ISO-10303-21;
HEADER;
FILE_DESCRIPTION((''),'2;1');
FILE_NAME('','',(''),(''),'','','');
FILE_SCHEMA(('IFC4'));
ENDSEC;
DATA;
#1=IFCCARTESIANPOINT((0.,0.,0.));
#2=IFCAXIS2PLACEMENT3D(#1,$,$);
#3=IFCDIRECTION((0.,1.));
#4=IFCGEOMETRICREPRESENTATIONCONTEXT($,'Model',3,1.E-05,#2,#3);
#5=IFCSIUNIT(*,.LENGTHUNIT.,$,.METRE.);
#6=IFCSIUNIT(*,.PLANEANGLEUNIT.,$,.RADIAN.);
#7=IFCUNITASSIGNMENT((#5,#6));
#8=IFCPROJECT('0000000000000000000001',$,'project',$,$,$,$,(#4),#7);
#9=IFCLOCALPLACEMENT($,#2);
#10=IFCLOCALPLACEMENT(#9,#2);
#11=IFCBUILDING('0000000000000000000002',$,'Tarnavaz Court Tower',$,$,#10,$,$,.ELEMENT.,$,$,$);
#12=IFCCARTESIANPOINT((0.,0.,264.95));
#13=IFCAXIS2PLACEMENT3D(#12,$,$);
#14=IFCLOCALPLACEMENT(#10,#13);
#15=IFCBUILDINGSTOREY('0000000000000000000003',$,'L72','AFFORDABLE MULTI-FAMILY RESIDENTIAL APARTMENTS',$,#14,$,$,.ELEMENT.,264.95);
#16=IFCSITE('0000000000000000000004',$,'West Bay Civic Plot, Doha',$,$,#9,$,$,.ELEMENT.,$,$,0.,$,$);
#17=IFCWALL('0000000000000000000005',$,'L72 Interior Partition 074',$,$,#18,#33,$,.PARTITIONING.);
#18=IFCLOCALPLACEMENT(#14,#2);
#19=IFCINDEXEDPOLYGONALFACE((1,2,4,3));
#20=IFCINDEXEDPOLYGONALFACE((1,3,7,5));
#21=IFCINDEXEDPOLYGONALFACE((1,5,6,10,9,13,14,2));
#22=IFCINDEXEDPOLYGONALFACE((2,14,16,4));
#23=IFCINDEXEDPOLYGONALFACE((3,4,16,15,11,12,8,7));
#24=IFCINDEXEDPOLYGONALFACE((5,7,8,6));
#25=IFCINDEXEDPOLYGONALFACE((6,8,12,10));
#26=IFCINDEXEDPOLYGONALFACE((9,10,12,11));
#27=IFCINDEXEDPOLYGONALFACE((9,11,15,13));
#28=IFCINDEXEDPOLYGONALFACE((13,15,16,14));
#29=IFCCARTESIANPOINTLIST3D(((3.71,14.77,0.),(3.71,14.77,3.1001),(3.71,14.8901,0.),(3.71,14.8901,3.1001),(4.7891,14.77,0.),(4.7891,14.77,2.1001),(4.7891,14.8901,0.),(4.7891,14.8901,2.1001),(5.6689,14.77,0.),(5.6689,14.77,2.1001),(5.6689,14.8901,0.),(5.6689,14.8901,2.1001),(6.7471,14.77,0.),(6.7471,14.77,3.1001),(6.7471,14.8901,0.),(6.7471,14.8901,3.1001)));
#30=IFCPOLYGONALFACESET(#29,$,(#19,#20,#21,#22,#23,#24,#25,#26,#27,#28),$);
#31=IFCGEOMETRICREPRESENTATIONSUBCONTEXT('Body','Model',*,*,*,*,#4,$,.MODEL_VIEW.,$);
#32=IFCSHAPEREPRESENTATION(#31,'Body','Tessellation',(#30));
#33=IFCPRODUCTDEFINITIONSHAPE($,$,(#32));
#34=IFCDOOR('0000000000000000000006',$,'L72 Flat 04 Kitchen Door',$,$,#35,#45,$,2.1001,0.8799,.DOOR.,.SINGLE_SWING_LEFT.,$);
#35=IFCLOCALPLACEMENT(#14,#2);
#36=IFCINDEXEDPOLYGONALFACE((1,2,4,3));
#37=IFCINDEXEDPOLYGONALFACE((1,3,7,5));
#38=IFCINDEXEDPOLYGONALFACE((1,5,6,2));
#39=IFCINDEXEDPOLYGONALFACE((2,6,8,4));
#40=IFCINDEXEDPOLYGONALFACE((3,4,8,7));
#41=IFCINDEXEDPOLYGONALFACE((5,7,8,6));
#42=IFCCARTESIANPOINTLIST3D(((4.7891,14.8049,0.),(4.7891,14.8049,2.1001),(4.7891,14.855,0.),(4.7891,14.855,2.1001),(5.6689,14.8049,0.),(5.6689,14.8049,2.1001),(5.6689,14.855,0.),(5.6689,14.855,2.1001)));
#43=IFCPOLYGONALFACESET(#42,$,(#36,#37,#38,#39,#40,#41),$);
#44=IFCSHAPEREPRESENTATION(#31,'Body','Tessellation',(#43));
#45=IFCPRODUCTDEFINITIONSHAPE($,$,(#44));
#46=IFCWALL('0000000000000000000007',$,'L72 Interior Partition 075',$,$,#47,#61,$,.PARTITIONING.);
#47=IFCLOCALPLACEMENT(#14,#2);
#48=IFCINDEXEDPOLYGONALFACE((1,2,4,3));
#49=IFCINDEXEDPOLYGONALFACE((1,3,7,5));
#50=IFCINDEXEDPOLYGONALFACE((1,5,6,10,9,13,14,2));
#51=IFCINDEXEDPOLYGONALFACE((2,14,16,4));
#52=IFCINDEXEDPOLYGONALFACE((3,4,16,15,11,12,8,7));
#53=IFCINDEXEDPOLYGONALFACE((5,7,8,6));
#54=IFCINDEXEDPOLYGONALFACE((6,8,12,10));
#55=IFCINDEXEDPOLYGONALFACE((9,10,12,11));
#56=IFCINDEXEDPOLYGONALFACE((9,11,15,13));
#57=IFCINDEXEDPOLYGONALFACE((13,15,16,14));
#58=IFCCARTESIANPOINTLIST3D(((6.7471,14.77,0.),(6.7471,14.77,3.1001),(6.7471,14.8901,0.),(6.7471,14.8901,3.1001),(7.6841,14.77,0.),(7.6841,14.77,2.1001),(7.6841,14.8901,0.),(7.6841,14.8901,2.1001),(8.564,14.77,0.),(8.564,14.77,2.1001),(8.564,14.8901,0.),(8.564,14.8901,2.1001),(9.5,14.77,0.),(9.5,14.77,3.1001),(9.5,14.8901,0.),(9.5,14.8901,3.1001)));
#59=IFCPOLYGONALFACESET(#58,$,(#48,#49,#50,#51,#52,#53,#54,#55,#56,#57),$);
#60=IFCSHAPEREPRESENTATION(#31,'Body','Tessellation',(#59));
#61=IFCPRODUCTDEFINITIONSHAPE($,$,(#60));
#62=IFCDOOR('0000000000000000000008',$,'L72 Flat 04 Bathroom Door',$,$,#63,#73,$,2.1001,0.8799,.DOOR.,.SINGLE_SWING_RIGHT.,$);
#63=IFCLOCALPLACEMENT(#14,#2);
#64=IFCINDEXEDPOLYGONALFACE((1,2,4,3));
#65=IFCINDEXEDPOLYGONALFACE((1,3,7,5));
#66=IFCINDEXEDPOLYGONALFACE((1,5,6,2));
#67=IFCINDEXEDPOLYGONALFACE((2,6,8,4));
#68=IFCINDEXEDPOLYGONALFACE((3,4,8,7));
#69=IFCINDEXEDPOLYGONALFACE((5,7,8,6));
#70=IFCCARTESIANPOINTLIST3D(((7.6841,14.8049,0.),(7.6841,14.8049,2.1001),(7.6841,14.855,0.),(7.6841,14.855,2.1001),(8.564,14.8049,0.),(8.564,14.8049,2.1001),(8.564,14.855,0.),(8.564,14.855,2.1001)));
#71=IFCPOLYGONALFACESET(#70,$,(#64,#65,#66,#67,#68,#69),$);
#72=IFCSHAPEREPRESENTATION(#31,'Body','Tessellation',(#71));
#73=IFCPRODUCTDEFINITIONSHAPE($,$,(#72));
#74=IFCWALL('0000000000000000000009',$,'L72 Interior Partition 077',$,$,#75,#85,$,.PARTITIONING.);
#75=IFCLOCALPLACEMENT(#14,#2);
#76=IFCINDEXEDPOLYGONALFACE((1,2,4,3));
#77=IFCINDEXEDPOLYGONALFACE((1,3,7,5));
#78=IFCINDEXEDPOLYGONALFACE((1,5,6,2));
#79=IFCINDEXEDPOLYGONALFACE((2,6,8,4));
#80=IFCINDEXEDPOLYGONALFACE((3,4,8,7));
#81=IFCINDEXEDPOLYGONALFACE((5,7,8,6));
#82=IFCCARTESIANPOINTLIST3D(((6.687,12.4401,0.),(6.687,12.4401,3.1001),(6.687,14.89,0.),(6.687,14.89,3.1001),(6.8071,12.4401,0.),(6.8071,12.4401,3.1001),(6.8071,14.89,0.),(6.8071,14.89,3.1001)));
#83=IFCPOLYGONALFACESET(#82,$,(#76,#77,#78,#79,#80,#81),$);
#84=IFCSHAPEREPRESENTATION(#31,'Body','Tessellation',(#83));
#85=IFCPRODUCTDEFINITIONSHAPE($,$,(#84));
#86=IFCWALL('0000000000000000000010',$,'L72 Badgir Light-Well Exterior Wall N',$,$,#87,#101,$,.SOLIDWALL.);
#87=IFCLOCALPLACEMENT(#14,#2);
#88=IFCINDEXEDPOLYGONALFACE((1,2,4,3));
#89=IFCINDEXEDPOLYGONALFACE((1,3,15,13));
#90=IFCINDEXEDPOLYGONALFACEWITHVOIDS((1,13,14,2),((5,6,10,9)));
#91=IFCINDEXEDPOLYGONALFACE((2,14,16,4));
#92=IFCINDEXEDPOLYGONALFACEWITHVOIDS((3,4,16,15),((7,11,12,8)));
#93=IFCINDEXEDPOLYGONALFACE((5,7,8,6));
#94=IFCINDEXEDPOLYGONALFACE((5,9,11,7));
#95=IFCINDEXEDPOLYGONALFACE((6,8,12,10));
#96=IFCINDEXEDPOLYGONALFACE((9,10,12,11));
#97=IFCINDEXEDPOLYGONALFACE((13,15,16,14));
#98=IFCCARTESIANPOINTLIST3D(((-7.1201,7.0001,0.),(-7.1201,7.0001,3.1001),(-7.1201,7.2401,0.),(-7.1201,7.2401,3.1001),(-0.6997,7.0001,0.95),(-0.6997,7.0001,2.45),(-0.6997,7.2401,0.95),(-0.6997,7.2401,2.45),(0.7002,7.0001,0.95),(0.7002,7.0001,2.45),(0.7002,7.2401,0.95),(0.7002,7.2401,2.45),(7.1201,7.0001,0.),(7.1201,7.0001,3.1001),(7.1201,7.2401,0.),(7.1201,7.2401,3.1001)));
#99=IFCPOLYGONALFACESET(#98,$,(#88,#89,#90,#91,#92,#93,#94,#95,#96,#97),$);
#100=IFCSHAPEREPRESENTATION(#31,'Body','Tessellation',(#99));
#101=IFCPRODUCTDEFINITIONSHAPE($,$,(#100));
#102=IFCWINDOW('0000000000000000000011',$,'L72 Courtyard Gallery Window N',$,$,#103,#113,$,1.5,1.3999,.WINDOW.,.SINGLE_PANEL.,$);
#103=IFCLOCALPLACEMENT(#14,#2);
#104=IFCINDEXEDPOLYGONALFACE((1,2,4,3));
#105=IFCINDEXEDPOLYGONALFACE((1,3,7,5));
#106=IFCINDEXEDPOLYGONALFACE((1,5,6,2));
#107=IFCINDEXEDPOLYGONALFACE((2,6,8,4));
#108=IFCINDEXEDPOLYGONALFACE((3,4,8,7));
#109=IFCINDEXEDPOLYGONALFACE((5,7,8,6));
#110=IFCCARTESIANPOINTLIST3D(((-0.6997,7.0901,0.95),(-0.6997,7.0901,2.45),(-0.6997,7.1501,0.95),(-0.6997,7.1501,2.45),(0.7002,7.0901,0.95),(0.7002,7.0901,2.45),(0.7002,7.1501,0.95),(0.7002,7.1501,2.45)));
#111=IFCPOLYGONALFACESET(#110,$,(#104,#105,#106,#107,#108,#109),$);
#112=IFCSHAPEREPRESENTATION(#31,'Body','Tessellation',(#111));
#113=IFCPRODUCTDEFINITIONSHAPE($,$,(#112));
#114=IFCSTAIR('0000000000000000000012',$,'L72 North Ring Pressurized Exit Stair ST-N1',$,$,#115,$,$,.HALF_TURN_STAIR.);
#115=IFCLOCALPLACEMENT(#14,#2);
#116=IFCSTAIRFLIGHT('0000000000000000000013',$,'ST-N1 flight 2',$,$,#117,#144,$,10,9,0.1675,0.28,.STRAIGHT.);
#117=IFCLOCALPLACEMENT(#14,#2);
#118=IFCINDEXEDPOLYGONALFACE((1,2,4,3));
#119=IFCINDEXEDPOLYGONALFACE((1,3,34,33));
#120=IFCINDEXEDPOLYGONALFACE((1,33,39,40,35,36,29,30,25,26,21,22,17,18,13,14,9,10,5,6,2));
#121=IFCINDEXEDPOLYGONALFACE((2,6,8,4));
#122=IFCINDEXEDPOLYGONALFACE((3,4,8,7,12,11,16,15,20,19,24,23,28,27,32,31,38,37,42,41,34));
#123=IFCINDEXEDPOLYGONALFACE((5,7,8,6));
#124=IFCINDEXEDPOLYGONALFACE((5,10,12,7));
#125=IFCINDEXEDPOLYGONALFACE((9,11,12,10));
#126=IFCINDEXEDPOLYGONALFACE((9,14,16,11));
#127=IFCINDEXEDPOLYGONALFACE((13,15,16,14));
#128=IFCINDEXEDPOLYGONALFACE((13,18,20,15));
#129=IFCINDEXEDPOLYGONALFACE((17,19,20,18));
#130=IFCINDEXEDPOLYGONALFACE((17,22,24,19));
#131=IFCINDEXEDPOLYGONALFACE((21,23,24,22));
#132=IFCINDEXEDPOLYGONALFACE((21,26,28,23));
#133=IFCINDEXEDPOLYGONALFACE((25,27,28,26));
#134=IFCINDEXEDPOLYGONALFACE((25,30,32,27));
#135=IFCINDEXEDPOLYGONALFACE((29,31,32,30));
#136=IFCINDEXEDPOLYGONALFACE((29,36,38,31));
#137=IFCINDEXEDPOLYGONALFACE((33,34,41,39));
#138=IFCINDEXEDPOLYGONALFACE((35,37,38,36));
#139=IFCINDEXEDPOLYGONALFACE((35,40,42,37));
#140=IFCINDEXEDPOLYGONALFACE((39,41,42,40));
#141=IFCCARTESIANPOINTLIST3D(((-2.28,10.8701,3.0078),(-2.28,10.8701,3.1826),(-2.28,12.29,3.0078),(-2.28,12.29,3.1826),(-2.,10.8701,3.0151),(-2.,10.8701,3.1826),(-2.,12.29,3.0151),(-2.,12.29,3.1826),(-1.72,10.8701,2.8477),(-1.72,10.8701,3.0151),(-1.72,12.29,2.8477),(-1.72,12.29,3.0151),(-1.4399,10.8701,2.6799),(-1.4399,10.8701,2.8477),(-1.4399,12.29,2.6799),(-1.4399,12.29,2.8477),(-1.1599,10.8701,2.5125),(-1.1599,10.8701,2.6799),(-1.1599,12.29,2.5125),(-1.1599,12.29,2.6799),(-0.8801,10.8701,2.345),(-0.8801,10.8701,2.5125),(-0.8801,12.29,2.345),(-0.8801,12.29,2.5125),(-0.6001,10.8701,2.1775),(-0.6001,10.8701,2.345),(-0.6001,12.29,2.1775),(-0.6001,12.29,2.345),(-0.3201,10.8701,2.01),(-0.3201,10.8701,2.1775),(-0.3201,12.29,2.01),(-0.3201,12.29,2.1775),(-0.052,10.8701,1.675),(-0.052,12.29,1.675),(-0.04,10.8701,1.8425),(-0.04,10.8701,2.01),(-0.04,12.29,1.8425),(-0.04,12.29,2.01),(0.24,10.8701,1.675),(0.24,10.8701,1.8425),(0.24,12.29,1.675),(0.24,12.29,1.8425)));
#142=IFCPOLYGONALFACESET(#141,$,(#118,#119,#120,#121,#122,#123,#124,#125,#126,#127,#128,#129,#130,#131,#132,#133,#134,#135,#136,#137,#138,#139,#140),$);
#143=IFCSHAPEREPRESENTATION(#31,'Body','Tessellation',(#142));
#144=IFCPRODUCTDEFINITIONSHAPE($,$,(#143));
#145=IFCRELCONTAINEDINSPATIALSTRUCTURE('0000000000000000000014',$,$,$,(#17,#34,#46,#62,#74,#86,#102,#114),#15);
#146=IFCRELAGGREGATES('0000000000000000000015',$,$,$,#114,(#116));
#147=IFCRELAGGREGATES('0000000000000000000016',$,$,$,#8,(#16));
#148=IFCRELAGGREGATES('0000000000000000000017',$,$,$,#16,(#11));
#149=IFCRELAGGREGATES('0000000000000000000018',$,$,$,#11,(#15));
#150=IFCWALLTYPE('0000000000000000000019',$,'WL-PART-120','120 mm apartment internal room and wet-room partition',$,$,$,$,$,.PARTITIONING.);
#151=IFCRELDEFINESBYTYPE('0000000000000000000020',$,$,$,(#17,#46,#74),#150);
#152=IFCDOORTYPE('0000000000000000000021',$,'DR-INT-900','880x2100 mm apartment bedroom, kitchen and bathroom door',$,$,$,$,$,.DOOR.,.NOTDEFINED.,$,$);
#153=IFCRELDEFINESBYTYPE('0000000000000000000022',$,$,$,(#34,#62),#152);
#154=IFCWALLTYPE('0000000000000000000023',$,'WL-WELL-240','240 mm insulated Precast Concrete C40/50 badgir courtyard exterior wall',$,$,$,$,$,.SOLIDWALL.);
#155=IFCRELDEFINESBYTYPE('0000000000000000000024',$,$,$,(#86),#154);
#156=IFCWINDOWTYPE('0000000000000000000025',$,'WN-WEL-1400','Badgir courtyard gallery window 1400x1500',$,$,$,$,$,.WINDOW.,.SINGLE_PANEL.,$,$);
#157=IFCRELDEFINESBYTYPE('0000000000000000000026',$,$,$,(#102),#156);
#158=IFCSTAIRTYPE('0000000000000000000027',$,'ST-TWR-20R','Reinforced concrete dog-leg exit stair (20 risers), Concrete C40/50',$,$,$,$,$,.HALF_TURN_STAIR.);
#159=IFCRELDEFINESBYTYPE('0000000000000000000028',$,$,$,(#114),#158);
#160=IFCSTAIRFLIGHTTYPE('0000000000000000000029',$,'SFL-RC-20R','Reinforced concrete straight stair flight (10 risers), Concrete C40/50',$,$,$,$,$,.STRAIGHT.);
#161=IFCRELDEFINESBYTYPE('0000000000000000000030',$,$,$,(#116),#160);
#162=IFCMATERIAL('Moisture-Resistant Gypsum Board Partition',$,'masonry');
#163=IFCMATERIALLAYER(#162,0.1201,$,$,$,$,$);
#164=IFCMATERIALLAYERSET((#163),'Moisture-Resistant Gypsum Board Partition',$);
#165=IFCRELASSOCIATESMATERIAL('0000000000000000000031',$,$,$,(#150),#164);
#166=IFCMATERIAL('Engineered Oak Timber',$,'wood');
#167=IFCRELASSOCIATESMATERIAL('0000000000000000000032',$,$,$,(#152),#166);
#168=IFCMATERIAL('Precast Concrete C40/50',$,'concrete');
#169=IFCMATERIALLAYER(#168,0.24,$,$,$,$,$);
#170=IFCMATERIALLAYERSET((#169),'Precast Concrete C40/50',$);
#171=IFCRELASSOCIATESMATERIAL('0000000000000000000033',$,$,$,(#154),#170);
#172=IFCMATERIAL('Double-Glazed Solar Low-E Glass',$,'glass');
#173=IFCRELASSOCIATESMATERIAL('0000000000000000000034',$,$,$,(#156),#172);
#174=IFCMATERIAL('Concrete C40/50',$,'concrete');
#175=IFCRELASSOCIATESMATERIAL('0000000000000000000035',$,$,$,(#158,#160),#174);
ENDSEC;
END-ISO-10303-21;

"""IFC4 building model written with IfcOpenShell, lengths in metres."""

from ifc_helpers import new_model, si_unit, direction, frame, frame_2d, origin, place, context, subcontext, project, spatial, polyline, rectangle, outline, extrude, material, layer, layer_set, type_object, element, fill, aggregate, save


model = new_model("IFC4")

# Units and contexts
model_context = context("Model", 3, precision=1e-05, world=origin(), true_north=direction((0.0, 1.0)))
body_context = subcontext(model_context, "Body", "Model", "MODEL_VIEW")
ifc_project = project(units=[si_unit("LENGTHUNIT", "METRE"), si_unit("PLANEANGLEUNIT", "RADIAN")], contexts=[model_context])

# Site, building, storey
site_placement = place(None, origin())
site = spatial("IfcSite", under=ifc_project, at=site_placement, Name="West Bay Civic Plot, Doha", CompositionType="ELEMENT", RefElevation=0.0)
building_placement = place(site_placement, origin())
building = spatial("IfcBuilding", under=site, at=building_placement, Name="Tarnavaz Court Tower", CompositionType="ELEMENT")
storey_placement = place(building_placement, frame((0.0, 0.0, 264.95)))
storey = spatial("IfcBuildingStorey", under=building, at=storey_placement, Name="L72", Description="AFFORDABLE MULTI-FAMILY RESIDENTIAL APARTMENTS", CompositionType="ELEMENT", Elevation=264.95)

# Walls, openings, doors
ifc_material_1 = material(Name="Moisture-Resistant Gypsum Board Partition", Category="masonry")
ifc_layer_1 = layer(ifc_material_1, 0.1201)
ifc_layer_set_1 = layer_set([ifc_layer_1], Name="Moisture-Resistant Gypsum Board Partition")
wall_type_1 = type_object("IfcWallType", Name="WL-PART-120", Description="120 mm apartment internal room and wet-room partition", PredefinedType="PARTITIONING", material=ifc_layer_set_1)
ifc_material_2 = material(Name="Engineered Oak Timber", Category="wood")
wall_1_placement = place(storey_placement, frame((3.71, 14.8301, 0.0), z_axis=(0.0, 0.0, 1.0), x_axis=(1.0, 0.0, 0.0)))
wall_1 = element("IfcWall", 1, at=wall_1_placement, inside=storey, type_object=wall_type_1, Name="L72 Interior Partition 074", PredefinedType="PARTITIONING", context=body_context, shape_type="SweptSolid", body=[
    extrude(rectangle(XDim=3.0371, YDim=0.1201, at=frame_2d((1.5186, 0.0))), origin(), (0.0, 0.0, 1.0), 3.1001),
])
opening_1_placement = place(wall_1_placement, frame((1.0791, 0.0, 0.0)))
opening_1 = element("IfcOpeningElement", 2, at=opening_1_placement, cuts=wall_1, PredefinedType="OPENING", context=body_context, shape_type="SweptSolid", body=[
    extrude(rectangle(XDim=0.8799, YDim=2.1001, at=frame_2d((0.4399, 1.05))), frame((0.0, 0.0701, 0.0), z_axis=(0.0, -1.0, 0.0), x_axis=(1.0, 0.0, 0.0)), (0.0, 0.0, 1.0), 0.1401),
])
door_type_1 = type_object("IfcDoorType", Name="DR-INT-900", Description="880x2100 mm apartment bedroom, kitchen and bathroom door", OperationType="NOTDEFINED", PredefinedType="DOOR", material=ifc_material_2)
door_1_placement = place(opening_1_placement, origin())
door_1 = element("IfcDoor", 3, at=door_1_placement, inside=storey, type_object=door_type_1, Name="L72 Flat 04 Kitchen Door", OperationType="SINGLE_SWING_LEFT", OverallHeight=2.1001, OverallWidth=0.8799, PredefinedType="DOOR", context=body_context, shape_type="SweptSolid", body=[
    extrude(rectangle(XDim=0.8799, YDim=2.1001, at=frame_2d((0.4399, 1.05))), frame((0.0, 0.0249, 0.0), z_axis=(0.0, -1.0, 0.0), x_axis=(1.0, 0.0, 0.0)), (0.0, 0.0, 1.0), 0.05),
])
fill(opening_1, door_1)
wall_2_placement = place(storey_placement, frame((6.7471, 14.8301, 0.0), z_axis=(0.0, 0.0, 1.0), x_axis=(1.0, 0.0, 0.0)))
wall_2 = element("IfcWall", 4, at=wall_2_placement, inside=storey, type_object=wall_type_1, Name="L72 Interior Partition 075", PredefinedType="PARTITIONING", context=body_context, shape_type="SweptSolid", body=[
    extrude(rectangle(XDim=2.7529, YDim=0.1201, at=frame_2d((1.3765, 0.0))), origin(), (0.0, 0.0, 1.0), 3.1001),
])
opening_2_placement = place(wall_2_placement, frame((0.937, 0.0, 0.0)))
opening_2 = element("IfcOpeningElement", 5, at=opening_2_placement, cuts=wall_2, PredefinedType="OPENING", context=body_context, shape_type="SweptSolid", body=[
    extrude(rectangle(XDim=0.8799, YDim=2.1001, at=frame_2d((0.4399, 1.05))), frame((0.0, 0.0701, 0.0), z_axis=(0.0, -1.0, 0.0), x_axis=(1.0, 0.0, 0.0)), (0.0, 0.0, 1.0), 0.1401),
])
door_2_placement = place(opening_2_placement, origin())
door_2 = element("IfcDoor", 6, at=door_2_placement, inside=storey, type_object=door_type_1, Name="L72 Flat 04 Bathroom Door", OperationType="SINGLE_SWING_RIGHT", OverallHeight=2.1001, OverallWidth=0.8799, PredefinedType="DOOR", context=body_context, shape_type="SweptSolid", body=[
    extrude(rectangle(XDim=0.8799, YDim=2.1001, at=frame_2d((0.4399, 1.05))), frame((0.0, 0.0249, 0.0), z_axis=(0.0, -1.0, 0.0), x_axis=(1.0, 0.0, 0.0)), (0.0, 0.0, 1.0), 0.05),
])
fill(opening_2, door_2)

# Wall
wall_3_placement = place(storey_placement, frame((6.7471, 12.4399, 0.0), z_axis=(0.0, 0.0, 1.0), x_axis=(0.0, 1.0, 0.0)))
element("IfcWall", 7, at=wall_3_placement, inside=storey, type_object=wall_type_1, Name="L72 Interior Partition 077", PredefinedType="PARTITIONING", context=body_context, shape_type="SweptSolid", body=[
    extrude(rectangle(XDim=2.45, YDim=0.1201, at=frame_2d((1.2251, 0.0))), origin(), (0.0, 0.0, 1.0), 3.1001),
])

# Wall, opening, window
ifc_material_3 = material(Name="Precast Concrete C40/50", Category="concrete")
ifc_layer_2 = layer(ifc_material_3, 0.24)
ifc_layer_set_2 = layer_set([ifc_layer_2], Name="Precast Concrete C40/50")
wall_type_2 = type_object("IfcWallType", Name="WL-WELL-240", Description="240 mm insulated Precast Concrete C40/50 badgir courtyard exterior wall", PredefinedType="SOLIDWALL", material=ifc_layer_set_2)
wall_4_placement = place(storey_placement, frame((7.1201, 7.1201, 0.0), z_axis=(0.0, 0.0, 1.0), x_axis=(-1.0, 0.0, 0.0)))
wall_4 = element("IfcWall", 8, at=wall_4_placement, inside=storey, type_object=wall_type_2, Name="L72 Badgir Light-Well Exterior Wall N", PredefinedType="SOLIDWALL", context=body_context, shape_type="SweptSolid", body=[
    extrude(rectangle(XDim=14.2402, YDim=0.24, at=frame_2d((7.1201, 0.0))), origin(), (0.0, 0.0, 1.0), 3.1001),
])
opening_3_placement = place(wall_4_placement, frame((6.4199, 0.0, 0.95)))
opening_3 = element("IfcOpeningElement", 9, at=opening_3_placement, cuts=wall_4, PredefinedType="OPENING", context=body_context, shape_type="SweptSolid", body=[
    extrude(rectangle(XDim=1.3999, YDim=1.5, at=frame_2d((0.7, 0.75))), frame((0.0, 0.1299, 0.0), z_axis=(0.0, -1.0, 0.0), x_axis=(1.0, 0.0, 0.0)), (0.0, 0.0, 1.0), 0.26),
])
ifc_material_4 = material(Name="Double-Glazed Solar Low-E Glass", Category="glass")
window_type = type_object("IfcWindowType", Name="WN-WEL-1400", Description="Badgir courtyard gallery window 1400x1500", PartitioningType="SINGLE_PANEL", PredefinedType="WINDOW", material=ifc_material_4)
window_placement = place(opening_3_placement, origin())
window = element("IfcWindow", 10, at=window_placement, inside=storey, type_object=window_type, Name="L72 Courtyard Gallery Window N", OverallHeight=1.5, OverallWidth=1.3999, PartitioningType="SINGLE_PANEL", PredefinedType="WINDOW", context=body_context, shape_type="SweptSolid", body=[
    extrude(rectangle(XDim=1.3999, YDim=1.5, at=frame_2d((0.7, 0.75))), frame((0.0, 0.03, 0.0), z_axis=(0.0, -1.0, 0.0), x_axis=(1.0, 0.0, 0.0)), (0.0, 0.0, 1.0), 0.0601),
])
fill(opening_3, window)

# Stair, stair flight
ifc_material_5 = material(Name="Concrete C40/50", Category="concrete")
stair_type = type_object("IfcStairType", Name="ST-TWR-20R", Description="Reinforced concrete dog-leg exit stair (20 risers), Concrete C40/50", PredefinedType="HALF_TURN_STAIR", material=ifc_material_5)
stair_placement = place(storey_placement, origin())
stair = element("IfcStair", 11, at=stair_placement, inside=storey, type_object=stair_type, Name="L72 North Ring Pressurized Exit Stair ST-N1", PredefinedType="HALF_TURN_STAIR")
stair_flight_type = type_object("IfcStairFlightType", Name="SFL-RC-20R", Description="Reinforced concrete straight stair flight (10 risers), Concrete C40/50", PredefinedType="STRAIGHT", material=ifc_material_5)
stair_flight_placement = place(storey_placement, frame((0.24, 11.5801, 1.675), z_axis=(0.0, 0.0, 1.0), x_axis=(-1.0, 0.0, 0.0)))
stair_flight = element("IfcStairFlight", 12, at=stair_flight_placement, type_object=stair_flight_type, Name="ST-N1 flight 2", NumberOfRisers=10, NumberOfTreads=9, PredefinedType="STRAIGHT", RiserHeight=0.1675, TreadLength=0.28, context=body_context, shape_type="SweptSolid", body=[
    extrude(outline(polyline([(0.0, 0.0), (0.0, 0.1675), (0.28, 0.1675), (0.28, 0.335), (0.5601, 0.335), (0.5601, 0.5024), (0.8401, 0.5024), (0.8401, 0.6699), (1.1201, 0.6699), (1.1201, 0.8374), (1.3999, 0.8374), (1.3999, 1.0049), (1.6799, 1.0049), (1.6799, 1.1726), (1.96, 1.1726), (1.96, 1.3401), (2.24, 1.3401), (2.24, 1.5076), (2.52, 1.5076), (2.52, 1.675), (2.52, 1.3328), (0.292, 0.0), (0.0, 0.0)])), frame((0.0, 0.71, 0.0), z_axis=(0.0, -1.0, 0.0), x_axis=(1.0, 0.0, 0.0)), (0.0, 0.0, 1.0), 1.4199),
])
aggregate(stair, [stair_flight])

save(model, "model.ifc")
